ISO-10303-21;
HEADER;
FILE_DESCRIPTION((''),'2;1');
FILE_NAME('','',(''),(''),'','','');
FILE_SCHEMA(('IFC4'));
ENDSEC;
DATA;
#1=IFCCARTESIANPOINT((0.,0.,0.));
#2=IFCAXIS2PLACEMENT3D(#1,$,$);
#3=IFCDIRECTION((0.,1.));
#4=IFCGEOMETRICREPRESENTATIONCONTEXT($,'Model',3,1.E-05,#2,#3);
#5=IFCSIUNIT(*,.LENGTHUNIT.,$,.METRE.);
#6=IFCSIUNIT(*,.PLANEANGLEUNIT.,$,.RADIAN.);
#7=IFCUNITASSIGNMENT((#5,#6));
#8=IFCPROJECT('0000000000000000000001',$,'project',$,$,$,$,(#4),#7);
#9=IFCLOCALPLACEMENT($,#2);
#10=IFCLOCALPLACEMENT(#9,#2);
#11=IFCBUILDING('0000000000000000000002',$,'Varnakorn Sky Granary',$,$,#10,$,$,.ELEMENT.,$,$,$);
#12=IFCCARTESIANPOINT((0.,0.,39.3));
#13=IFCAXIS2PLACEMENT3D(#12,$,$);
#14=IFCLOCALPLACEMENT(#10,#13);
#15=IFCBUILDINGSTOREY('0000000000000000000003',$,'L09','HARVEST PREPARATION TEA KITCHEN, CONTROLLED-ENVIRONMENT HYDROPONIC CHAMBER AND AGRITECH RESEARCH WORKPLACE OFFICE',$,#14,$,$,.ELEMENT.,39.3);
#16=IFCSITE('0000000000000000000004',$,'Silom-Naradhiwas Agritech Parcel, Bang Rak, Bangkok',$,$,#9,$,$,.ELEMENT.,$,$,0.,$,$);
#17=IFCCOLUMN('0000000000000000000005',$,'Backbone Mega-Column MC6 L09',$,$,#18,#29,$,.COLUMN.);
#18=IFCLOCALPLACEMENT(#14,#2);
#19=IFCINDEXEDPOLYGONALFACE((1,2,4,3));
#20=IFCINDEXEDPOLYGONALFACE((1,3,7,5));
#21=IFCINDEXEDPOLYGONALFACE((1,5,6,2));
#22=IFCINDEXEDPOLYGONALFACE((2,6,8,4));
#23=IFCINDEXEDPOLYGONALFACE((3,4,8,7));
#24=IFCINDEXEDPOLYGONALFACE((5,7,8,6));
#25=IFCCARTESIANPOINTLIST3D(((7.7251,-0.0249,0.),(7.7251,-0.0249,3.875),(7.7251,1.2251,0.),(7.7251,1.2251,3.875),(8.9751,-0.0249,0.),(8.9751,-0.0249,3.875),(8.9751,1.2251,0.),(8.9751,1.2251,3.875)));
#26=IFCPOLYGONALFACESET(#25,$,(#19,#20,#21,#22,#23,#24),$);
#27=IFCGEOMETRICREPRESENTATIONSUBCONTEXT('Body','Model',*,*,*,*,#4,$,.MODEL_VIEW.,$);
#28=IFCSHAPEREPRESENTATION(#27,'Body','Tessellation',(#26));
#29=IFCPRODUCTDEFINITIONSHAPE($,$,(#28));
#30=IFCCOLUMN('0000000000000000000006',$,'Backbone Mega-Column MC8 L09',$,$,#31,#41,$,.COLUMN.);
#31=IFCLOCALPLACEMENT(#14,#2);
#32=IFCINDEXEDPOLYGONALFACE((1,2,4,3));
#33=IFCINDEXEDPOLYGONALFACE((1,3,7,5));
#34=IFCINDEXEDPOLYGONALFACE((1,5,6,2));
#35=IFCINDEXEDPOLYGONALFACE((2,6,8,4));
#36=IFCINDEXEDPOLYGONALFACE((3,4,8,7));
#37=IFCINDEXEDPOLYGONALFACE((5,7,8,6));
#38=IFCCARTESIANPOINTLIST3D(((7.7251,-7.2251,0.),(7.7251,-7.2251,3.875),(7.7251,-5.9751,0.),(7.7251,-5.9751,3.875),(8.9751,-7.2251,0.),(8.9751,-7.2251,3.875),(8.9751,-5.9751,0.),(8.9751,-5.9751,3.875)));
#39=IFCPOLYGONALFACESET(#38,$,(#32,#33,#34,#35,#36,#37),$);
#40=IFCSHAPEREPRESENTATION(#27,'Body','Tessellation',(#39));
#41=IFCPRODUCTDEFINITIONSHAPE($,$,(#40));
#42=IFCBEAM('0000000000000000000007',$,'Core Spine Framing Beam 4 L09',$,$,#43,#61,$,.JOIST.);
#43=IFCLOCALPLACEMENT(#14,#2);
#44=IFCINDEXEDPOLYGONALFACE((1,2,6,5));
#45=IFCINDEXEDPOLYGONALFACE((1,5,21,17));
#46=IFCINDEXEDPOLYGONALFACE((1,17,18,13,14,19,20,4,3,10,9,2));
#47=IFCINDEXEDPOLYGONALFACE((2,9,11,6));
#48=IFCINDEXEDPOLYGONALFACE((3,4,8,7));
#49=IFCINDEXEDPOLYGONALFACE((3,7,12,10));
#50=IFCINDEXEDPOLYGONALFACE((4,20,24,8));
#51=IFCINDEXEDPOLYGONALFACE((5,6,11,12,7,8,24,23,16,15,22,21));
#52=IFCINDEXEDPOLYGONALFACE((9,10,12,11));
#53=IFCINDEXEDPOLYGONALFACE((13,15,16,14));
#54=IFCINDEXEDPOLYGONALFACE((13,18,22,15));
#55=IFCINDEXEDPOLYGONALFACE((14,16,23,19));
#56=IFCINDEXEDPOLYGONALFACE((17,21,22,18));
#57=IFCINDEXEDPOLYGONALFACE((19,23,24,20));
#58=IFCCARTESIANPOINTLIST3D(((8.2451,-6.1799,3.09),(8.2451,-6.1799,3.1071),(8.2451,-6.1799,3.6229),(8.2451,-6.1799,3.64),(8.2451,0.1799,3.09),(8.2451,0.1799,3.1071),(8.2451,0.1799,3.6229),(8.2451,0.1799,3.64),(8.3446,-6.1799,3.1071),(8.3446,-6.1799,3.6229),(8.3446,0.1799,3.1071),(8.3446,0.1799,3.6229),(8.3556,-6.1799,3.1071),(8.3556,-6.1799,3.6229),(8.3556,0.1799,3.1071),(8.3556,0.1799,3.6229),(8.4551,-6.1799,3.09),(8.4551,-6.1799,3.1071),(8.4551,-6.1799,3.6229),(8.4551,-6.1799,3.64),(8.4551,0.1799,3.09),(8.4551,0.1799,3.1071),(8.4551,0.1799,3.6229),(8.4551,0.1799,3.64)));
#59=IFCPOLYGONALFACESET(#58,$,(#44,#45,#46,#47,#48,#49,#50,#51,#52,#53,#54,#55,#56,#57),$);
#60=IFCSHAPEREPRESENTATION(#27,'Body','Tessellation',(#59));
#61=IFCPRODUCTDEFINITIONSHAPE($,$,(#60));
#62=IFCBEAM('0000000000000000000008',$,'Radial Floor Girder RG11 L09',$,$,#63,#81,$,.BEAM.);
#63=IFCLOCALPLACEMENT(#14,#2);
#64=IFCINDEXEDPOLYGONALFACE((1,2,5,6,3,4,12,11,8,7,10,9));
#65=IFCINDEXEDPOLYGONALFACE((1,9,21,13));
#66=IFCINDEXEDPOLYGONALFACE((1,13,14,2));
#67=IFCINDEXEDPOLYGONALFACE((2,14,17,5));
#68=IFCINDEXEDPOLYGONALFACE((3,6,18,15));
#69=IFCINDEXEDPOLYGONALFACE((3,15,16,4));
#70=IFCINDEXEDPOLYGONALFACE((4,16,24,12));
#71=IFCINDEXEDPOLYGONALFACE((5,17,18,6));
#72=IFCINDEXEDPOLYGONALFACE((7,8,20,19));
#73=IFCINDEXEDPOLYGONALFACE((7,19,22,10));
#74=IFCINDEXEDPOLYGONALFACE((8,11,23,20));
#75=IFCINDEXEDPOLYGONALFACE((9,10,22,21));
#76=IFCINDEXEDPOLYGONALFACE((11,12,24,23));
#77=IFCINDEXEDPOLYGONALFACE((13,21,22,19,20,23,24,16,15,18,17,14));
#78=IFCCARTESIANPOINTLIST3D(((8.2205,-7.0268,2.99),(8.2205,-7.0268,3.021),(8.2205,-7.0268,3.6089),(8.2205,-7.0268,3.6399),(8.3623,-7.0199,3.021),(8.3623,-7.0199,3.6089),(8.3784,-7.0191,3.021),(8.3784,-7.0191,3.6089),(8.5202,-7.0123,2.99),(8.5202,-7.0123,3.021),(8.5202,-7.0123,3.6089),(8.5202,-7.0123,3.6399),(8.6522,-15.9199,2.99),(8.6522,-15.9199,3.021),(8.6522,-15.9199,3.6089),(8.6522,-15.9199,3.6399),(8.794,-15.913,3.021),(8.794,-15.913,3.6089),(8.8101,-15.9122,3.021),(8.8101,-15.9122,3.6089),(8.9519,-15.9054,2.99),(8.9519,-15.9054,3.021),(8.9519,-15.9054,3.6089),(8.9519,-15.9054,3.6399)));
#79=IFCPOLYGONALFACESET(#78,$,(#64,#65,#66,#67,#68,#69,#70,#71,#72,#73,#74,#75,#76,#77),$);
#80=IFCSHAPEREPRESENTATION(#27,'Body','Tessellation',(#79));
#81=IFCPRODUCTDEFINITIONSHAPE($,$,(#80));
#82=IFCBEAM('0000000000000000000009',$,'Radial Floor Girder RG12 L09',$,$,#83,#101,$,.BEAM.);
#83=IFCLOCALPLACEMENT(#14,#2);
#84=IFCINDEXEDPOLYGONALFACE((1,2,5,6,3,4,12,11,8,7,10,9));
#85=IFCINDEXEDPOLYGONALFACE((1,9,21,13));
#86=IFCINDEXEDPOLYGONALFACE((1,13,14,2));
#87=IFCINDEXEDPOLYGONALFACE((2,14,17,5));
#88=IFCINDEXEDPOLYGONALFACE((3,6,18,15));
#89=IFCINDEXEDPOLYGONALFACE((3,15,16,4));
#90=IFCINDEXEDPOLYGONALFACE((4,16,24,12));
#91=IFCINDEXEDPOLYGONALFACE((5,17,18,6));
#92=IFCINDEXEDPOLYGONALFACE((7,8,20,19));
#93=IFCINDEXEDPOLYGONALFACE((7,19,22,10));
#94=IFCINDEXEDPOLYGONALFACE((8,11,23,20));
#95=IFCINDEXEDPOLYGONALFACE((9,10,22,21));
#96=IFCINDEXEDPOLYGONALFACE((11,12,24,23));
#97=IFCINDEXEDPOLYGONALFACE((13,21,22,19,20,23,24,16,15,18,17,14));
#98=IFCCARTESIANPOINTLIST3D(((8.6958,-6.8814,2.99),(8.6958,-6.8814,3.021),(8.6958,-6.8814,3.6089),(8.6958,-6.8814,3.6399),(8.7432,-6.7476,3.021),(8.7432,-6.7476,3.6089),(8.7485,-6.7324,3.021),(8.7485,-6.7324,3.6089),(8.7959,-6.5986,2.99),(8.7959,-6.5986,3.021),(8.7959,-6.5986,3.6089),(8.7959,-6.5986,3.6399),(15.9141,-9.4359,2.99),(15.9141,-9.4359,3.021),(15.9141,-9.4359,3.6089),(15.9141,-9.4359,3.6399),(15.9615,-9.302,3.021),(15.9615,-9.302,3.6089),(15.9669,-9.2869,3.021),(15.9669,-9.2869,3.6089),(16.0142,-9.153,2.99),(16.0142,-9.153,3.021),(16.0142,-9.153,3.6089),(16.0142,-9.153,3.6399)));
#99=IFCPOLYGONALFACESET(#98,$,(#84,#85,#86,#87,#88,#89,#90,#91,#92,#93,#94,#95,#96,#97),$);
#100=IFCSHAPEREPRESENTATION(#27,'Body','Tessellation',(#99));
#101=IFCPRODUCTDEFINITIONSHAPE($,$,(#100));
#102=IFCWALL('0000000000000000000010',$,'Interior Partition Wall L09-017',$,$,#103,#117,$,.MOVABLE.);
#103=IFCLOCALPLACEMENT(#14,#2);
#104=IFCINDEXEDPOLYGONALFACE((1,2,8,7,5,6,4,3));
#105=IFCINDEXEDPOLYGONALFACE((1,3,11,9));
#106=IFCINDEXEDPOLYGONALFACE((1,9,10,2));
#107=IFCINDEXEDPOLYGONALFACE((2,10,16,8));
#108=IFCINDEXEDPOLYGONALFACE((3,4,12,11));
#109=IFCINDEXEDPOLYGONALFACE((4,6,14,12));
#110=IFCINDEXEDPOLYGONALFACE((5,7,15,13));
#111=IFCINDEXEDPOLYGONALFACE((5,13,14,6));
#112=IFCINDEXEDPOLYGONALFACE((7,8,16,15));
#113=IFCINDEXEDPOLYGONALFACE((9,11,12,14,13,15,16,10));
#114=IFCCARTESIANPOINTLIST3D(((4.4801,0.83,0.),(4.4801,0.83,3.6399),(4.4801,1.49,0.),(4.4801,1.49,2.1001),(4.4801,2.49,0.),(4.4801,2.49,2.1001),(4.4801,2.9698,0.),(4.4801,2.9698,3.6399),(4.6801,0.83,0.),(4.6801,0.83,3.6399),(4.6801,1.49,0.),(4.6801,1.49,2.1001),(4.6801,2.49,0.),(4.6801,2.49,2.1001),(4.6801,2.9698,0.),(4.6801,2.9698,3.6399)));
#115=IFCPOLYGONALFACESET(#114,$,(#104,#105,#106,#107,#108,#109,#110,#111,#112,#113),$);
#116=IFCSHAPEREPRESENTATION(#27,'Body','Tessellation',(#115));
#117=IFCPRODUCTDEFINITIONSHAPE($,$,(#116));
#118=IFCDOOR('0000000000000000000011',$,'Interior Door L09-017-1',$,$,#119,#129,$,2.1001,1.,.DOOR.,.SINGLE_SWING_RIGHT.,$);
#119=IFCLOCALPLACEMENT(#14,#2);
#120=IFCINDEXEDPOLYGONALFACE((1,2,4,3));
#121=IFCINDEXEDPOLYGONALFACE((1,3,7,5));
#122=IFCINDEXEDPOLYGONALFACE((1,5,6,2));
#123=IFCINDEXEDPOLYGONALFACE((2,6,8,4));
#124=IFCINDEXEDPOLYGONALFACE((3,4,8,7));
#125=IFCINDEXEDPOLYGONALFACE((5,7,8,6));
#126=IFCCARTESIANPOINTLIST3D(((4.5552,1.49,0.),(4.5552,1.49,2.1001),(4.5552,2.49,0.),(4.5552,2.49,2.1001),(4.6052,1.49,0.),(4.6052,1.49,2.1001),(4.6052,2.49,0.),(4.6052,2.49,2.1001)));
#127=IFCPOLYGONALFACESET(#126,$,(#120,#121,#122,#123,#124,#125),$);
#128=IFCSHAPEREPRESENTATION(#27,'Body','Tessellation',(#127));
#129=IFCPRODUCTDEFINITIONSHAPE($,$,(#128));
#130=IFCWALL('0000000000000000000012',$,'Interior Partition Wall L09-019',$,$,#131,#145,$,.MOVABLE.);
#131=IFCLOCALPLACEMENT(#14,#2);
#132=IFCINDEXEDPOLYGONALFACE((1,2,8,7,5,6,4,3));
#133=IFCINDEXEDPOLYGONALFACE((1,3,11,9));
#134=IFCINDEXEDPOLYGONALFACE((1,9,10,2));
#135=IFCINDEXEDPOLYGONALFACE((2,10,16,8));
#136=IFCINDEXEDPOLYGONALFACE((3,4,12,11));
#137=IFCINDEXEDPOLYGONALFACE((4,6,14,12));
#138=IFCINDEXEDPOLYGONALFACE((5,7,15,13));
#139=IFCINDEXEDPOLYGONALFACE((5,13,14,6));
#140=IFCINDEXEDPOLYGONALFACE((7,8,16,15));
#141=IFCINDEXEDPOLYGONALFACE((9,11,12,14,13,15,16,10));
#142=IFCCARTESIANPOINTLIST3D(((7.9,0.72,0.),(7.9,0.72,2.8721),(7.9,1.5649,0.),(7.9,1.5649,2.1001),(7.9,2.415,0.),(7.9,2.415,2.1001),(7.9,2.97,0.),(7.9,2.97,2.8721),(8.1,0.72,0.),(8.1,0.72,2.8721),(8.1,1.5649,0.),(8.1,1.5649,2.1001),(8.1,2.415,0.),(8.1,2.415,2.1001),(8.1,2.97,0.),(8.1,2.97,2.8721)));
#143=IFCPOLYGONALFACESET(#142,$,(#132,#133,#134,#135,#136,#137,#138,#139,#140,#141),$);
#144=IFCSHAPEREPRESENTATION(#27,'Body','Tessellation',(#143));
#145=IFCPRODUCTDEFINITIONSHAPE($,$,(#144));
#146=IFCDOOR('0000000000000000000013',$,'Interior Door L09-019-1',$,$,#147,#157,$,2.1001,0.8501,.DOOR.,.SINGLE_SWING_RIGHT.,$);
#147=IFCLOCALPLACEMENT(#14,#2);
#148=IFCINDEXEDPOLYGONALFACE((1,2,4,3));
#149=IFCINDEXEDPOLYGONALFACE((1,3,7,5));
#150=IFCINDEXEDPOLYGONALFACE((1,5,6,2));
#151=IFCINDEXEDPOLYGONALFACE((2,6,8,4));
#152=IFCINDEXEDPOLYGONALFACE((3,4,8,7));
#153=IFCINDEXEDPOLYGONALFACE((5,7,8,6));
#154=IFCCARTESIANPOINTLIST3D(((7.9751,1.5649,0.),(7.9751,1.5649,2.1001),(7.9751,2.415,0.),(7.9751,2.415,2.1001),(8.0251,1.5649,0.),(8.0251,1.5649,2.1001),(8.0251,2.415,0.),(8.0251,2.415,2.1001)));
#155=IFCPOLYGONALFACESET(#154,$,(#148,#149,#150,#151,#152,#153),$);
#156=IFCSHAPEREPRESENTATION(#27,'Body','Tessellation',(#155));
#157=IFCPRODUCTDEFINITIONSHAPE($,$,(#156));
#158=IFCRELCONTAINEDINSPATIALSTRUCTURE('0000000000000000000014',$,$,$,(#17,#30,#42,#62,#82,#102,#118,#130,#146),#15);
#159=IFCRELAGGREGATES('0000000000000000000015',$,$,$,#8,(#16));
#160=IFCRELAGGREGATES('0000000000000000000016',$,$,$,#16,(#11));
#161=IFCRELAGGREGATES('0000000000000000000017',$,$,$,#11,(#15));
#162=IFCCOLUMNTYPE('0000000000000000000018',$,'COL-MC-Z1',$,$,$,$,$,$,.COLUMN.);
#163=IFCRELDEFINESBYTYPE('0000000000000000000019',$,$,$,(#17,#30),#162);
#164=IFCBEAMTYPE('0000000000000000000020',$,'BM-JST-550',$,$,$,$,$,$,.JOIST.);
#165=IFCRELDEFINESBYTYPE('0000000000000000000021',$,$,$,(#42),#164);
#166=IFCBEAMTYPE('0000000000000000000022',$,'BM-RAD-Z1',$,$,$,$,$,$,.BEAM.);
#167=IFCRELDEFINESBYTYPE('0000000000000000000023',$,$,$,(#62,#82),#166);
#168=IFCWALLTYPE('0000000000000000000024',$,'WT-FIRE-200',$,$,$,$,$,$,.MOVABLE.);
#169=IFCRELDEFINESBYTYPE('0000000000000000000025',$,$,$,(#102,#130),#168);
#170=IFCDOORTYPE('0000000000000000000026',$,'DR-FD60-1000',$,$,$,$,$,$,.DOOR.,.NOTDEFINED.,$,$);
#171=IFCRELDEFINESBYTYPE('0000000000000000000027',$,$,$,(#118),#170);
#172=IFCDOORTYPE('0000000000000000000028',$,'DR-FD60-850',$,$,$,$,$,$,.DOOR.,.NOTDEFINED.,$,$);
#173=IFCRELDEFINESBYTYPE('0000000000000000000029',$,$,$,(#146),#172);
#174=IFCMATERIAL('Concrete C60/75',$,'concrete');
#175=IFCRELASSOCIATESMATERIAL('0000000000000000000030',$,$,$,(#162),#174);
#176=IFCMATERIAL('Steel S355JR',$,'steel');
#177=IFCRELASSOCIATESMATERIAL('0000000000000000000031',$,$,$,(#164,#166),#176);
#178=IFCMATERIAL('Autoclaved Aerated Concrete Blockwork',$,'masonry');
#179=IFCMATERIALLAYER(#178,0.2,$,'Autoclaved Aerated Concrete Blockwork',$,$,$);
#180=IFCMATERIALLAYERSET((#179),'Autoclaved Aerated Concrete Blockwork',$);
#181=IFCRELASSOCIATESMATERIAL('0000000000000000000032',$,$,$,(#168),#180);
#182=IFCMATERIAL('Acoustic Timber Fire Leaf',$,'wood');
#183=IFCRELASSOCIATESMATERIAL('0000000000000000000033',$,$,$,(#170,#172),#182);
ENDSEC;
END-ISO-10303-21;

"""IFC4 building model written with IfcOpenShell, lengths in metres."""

from ifc_helpers import new_model, si_unit, direction, frame, frame_2d, origin, origin_2d, place, context, subcontext, project, spatial, rectangle, i_section, extrude, material, layer, layer_set, material_profile, profile_set, type_object, element, fill, save


model = new_model("IFC4")

# Units and contexts
model_context = context("Model", 3, precision=1e-05, world=origin(), true_north=direction((0.0, 1.0)))
body_context = subcontext(model_context, "Body", "Model", "MODEL_VIEW")
ifc_project = project(units=[si_unit("LENGTHUNIT", "METRE"), si_unit("PLANEANGLEUNIT", "RADIAN")], contexts=[model_context])

# Site, building, storey
site_placement = place(None, origin())
site = spatial("IfcSite", under=ifc_project, at=site_placement, Name="Silom-Naradhiwas Agritech Parcel, Bang Rak, Bangkok", CompositionType="ELEMENT", RefElevation=0.0)
building_placement = place(site_placement, origin())
building = spatial("IfcBuilding", under=site, at=building_placement, Name="Varnakorn Sky Granary", CompositionType="ELEMENT")
storey_placement = place(building_placement, frame((0.0, 0.0, 39.3)))
storey = spatial("IfcBuildingStorey", under=building, at=storey_placement, Name="L09", Description="HARVEST PREPARATION TEA KITCHEN, CONTROLLED-ENVIRONMENT HYDROPONIC CHAMBER AND AGRITECH RESEARCH WORKPLACE OFFICE", CompositionType="ELEMENT", Elevation=39.3)

# Columns
ifc_material_1 = material(Name="Concrete C60/75", Category="concrete")
ifc_material_profile_1 = material_profile(ifc_material_1, rectangle(XDim=1.25, YDim=1.25, at=origin_2d()), Name="RC 1250x1250")
ifc_profile_set_1 = profile_set([ifc_material_profile_1], Name="Concrete C60/75")
column_type = type_object("IfcColumnType", Name="COL-MC-Z1", PredefinedType="COLUMN", material=ifc_profile_set_1)
for number, where, z_axis, x_axis, name in (
    (1, (8.3501, 0.6001, 0.0), (0.0, 0.0, 1.0), (1.0, 0.0, 0.0), "Backbone Mega-Column MC6 L09"),
    (2, (8.3501, -6.6001, 0.0), (0.0, 0.0, 1.0), (1.0, 0.0, 0.0), "Backbone Mega-Column MC8 L09"),
):
    element("IfcColumn", number, at=place(storey_placement, frame(where, z_axis=z_axis, x_axis=x_axis)), inside=storey, type_object=column_type, Name=name, PredefinedType="COLUMN", context=body_context, shape_type="SweptSolid", body=[
        extrude(rectangle(XDim=1.25, YDim=1.25, at=origin_2d()), origin(), (0.0, 0.0, 1.0), 3.875),
    ])

# Beams
ifc_material_2 = material(Name="Steel S355JR", Category="steel")
ifc_material_profile_2 = material_profile(ifc_material_2, i_section(OverallWidth=0.21, OverallDepth=0.55, WebThickness=0.011, FlangeThickness=0.0171, at=origin_2d()), Name="IPE 550")
ifc_profile_set_2 = profile_set([ifc_material_profile_2], Name="Steel S355JR")
beam_type_1 = type_object("IfcBeamType", Name="BM-JST-550", PredefinedType="JOIST", material=ifc_profile_set_2)
beam_1_placement = place(storey_placement, frame((8.3501, 0.1799, 3.365), z_axis=(0.0, -1.0, 0.0), x_axis=(1.0, 0.0, 0.0)))
element("IfcBeam", 3, at=beam_1_placement, inside=storey, type_object=beam_type_1, Name="Core Spine Framing Beam 4 L09", PredefinedType="JOIST", context=body_context, shape_type="SweptSolid", body=[
    extrude(i_section(OverallWidth=0.21, OverallDepth=0.55, WebThickness=0.011, FlangeThickness=0.0171, at=origin_2d()), origin(), (0.0, 0.0, 1.0), 6.3599),
])
ifc_material_profile_3 = material_profile(ifc_material_2, i_section(OverallWidth=0.3, OverallDepth=0.6499, WebThickness=0.0161, FlangeThickness=0.031, at=origin_2d()), Name="HE 650 B")
ifc_profile_set_3 = profile_set([ifc_material_profile_3], Name="Steel S355JR")
beam_type_2 = type_object("IfcBeamType", Name="BM-RAD-Z1", PredefinedType="BEAM", material=ifc_profile_set_3)
beam_2_placement = place(storey_placement, frame((8.3704, -7.0195, 3.3149), z_axis=(0.04848, -0.998824, 0.0), x_axis=(0.998824, 0.04848, 0.0)))
element("IfcBeam", 4, at=beam_2_placement, inside=storey, type_object=beam_type_2, Name="Radial Floor Girder RG11 L09", PredefinedType="BEAM", context=body_context, shape_type="SweptSolid", body=[
    extrude(i_section(OverallWidth=0.3, OverallDepth=0.6499, WebThickness=0.0161, FlangeThickness=0.031, at=origin_2d()), origin(), (0.0, 0.0, 1.0), 8.9036),
])
beam_3_placement = place(storey_placement, frame((8.7458, -6.74, 3.3149), z_axis=(0.94271, -0.333612, 0.0), x_axis=(0.333612, 0.94271, 0.0)))
element("IfcBeam", 5, at=beam_3_placement, inside=storey, type_object=beam_type_2, Name="Radial Floor Girder RG12 L09", PredefinedType="BEAM", context=body_context, shape_type="SweptSolid", body=[
    extrude(i_section(OverallWidth=0.3, OverallDepth=0.6499, WebThickness=0.0161, FlangeThickness=0.031, at=origin_2d()), origin(), (0.0, 0.0, 1.0), 7.657),
])

# Walls, openings, doors
ifc_material_3 = material(Name="Autoclaved Aerated Concrete Blockwork", Category="masonry")
ifc_layer_1 = layer(ifc_material_3, 0.2, Name="Autoclaved Aerated Concrete Blockwork")
ifc_layer_set_1 = layer_set([ifc_layer_1], Name="Autoclaved Aerated Concrete Blockwork")
wall_type_1 = type_object("IfcWallType", Name="WT-FIRE-200", PredefinedType="MOVABLE", material=ifc_layer_set_1)
wall_1_placement = place(storey_placement, frame((4.5801, 0.8301, 0.0), z_axis=(0.0, 0.0, 1.0), x_axis=(0.0, 1.0, 0.0)))
wall_1 = element("IfcWall", 6, at=wall_1_placement, inside=storey, type_object=wall_type_1, Name="Interior Partition Wall L09-017", PredefinedType="MOVABLE", context=body_context, shape_type="SweptSolid", body=[
    extrude(rectangle(XDim=2.1399, YDim=0.2, at=frame_2d((1.0698, 0.0))), origin(), (0.0, 0.0, 1.0), 3.6399),
])
opening_1_placement = place(wall_1_placement, frame((0.6599, 0.0, 0.0)))
opening_1 = element("IfcOpeningElement", 7, at=opening_1_placement, cuts=wall_1, PredefinedType="OPENING", context=body_context, shape_type="SweptSolid", body=[
    extrude(rectangle(XDim=1.0, YDim=2.1001, at=frame_2d((0.5, 1.05))), frame((0.0, 0.1099, 0.0), z_axis=(0.0, -1.0, 0.0), x_axis=(1.0, 0.0, 0.0)), (0.0, 0.0, 1.0), 0.22),
])
ifc_material_4 = material(Name="Acoustic Timber Fire Leaf", Category="wood")
door_type_1 = type_object("IfcDoorType", Name="DR-FD60-1000", OperationType="NOTDEFINED", PredefinedType="DOOR", material=ifc_material_4)
door_1_placement = place(opening_1_placement, origin())
door_1 = element("IfcDoor", 8, at=door_1_placement, inside=storey, type_object=door_type_1, Name="Interior Door L09-017-1", OperationType="SINGLE_SWING_RIGHT", OverallHeight=2.1001, OverallWidth=1.0, PredefinedType="DOOR", context=body_context, shape_type="SweptSolid", body=[
    extrude(rectangle(XDim=1.0, YDim=2.1001, at=frame_2d((0.5, 1.05))), frame((0.0, 0.0249, 0.0), z_axis=(0.0, -1.0, 0.0), x_axis=(1.0, 0.0, 0.0)), (0.0, 0.0, 1.0), 0.05),
])
fill(opening_1, door_1)
wall_2_placement = place(storey_placement, frame((8.0, 0.72, 0.0), z_axis=(0.0, 0.0, 1.0), x_axis=(0.0, 1.0, 0.0)))
wall_2 = element("IfcWall", 9, at=wall_2_placement, inside=storey, type_object=wall_type_1, Name="Interior Partition Wall L09-019", PredefinedType="MOVABLE", context=body_context, shape_type="SweptSolid", body=[
    extrude(rectangle(XDim=2.25, YDim=0.2, at=frame_2d((1.125, 0.0))), origin(), (0.0, 0.0, 1.0), 2.8721),
])
opening_2_placement = place(wall_2_placement, frame((0.845, 0.0, 0.0)))
opening_2 = element("IfcOpeningElement", 10, at=opening_2_placement, cuts=wall_2, PredefinedType="OPENING", context=body_context, shape_type="SweptSolid", body=[
    extrude(rectangle(XDim=0.8501, YDim=2.1001, at=frame_2d((0.425, 1.05))), frame((0.0, 0.1099, 0.0), z_axis=(0.0, -1.0, 0.0), x_axis=(1.0, 0.0, 0.0)), (0.0, 0.0, 1.0), 0.22),
])
door_type_2 = type_object("IfcDoorType", Name="DR-FD60-850", OperationType="NOTDEFINED", PredefinedType="DOOR", material=ifc_material_4)
door_2_placement = place(opening_2_placement, origin())
door_2 = element("IfcDoor", 11, at=door_2_placement, inside=storey, type_object=door_type_2, Name="Interior Door L09-019-1", OperationType="SINGLE_SWING_RIGHT", OverallHeight=2.1001, OverallWidth=0.8501, PredefinedType="DOOR", context=body_context, shape_type="SweptSolid", body=[
    extrude(rectangle(XDim=0.8501, YDim=2.1001, at=frame_2d((0.425, 1.05))), frame((0.0, 0.0249, 0.0), z_axis=(0.0, -1.0, 0.0), x_axis=(1.0, 0.0, 0.0)), (0.0, 0.0, 1.0), 0.05),
])
fill(opening_2, door_2)

save(model, "model.ifc")
